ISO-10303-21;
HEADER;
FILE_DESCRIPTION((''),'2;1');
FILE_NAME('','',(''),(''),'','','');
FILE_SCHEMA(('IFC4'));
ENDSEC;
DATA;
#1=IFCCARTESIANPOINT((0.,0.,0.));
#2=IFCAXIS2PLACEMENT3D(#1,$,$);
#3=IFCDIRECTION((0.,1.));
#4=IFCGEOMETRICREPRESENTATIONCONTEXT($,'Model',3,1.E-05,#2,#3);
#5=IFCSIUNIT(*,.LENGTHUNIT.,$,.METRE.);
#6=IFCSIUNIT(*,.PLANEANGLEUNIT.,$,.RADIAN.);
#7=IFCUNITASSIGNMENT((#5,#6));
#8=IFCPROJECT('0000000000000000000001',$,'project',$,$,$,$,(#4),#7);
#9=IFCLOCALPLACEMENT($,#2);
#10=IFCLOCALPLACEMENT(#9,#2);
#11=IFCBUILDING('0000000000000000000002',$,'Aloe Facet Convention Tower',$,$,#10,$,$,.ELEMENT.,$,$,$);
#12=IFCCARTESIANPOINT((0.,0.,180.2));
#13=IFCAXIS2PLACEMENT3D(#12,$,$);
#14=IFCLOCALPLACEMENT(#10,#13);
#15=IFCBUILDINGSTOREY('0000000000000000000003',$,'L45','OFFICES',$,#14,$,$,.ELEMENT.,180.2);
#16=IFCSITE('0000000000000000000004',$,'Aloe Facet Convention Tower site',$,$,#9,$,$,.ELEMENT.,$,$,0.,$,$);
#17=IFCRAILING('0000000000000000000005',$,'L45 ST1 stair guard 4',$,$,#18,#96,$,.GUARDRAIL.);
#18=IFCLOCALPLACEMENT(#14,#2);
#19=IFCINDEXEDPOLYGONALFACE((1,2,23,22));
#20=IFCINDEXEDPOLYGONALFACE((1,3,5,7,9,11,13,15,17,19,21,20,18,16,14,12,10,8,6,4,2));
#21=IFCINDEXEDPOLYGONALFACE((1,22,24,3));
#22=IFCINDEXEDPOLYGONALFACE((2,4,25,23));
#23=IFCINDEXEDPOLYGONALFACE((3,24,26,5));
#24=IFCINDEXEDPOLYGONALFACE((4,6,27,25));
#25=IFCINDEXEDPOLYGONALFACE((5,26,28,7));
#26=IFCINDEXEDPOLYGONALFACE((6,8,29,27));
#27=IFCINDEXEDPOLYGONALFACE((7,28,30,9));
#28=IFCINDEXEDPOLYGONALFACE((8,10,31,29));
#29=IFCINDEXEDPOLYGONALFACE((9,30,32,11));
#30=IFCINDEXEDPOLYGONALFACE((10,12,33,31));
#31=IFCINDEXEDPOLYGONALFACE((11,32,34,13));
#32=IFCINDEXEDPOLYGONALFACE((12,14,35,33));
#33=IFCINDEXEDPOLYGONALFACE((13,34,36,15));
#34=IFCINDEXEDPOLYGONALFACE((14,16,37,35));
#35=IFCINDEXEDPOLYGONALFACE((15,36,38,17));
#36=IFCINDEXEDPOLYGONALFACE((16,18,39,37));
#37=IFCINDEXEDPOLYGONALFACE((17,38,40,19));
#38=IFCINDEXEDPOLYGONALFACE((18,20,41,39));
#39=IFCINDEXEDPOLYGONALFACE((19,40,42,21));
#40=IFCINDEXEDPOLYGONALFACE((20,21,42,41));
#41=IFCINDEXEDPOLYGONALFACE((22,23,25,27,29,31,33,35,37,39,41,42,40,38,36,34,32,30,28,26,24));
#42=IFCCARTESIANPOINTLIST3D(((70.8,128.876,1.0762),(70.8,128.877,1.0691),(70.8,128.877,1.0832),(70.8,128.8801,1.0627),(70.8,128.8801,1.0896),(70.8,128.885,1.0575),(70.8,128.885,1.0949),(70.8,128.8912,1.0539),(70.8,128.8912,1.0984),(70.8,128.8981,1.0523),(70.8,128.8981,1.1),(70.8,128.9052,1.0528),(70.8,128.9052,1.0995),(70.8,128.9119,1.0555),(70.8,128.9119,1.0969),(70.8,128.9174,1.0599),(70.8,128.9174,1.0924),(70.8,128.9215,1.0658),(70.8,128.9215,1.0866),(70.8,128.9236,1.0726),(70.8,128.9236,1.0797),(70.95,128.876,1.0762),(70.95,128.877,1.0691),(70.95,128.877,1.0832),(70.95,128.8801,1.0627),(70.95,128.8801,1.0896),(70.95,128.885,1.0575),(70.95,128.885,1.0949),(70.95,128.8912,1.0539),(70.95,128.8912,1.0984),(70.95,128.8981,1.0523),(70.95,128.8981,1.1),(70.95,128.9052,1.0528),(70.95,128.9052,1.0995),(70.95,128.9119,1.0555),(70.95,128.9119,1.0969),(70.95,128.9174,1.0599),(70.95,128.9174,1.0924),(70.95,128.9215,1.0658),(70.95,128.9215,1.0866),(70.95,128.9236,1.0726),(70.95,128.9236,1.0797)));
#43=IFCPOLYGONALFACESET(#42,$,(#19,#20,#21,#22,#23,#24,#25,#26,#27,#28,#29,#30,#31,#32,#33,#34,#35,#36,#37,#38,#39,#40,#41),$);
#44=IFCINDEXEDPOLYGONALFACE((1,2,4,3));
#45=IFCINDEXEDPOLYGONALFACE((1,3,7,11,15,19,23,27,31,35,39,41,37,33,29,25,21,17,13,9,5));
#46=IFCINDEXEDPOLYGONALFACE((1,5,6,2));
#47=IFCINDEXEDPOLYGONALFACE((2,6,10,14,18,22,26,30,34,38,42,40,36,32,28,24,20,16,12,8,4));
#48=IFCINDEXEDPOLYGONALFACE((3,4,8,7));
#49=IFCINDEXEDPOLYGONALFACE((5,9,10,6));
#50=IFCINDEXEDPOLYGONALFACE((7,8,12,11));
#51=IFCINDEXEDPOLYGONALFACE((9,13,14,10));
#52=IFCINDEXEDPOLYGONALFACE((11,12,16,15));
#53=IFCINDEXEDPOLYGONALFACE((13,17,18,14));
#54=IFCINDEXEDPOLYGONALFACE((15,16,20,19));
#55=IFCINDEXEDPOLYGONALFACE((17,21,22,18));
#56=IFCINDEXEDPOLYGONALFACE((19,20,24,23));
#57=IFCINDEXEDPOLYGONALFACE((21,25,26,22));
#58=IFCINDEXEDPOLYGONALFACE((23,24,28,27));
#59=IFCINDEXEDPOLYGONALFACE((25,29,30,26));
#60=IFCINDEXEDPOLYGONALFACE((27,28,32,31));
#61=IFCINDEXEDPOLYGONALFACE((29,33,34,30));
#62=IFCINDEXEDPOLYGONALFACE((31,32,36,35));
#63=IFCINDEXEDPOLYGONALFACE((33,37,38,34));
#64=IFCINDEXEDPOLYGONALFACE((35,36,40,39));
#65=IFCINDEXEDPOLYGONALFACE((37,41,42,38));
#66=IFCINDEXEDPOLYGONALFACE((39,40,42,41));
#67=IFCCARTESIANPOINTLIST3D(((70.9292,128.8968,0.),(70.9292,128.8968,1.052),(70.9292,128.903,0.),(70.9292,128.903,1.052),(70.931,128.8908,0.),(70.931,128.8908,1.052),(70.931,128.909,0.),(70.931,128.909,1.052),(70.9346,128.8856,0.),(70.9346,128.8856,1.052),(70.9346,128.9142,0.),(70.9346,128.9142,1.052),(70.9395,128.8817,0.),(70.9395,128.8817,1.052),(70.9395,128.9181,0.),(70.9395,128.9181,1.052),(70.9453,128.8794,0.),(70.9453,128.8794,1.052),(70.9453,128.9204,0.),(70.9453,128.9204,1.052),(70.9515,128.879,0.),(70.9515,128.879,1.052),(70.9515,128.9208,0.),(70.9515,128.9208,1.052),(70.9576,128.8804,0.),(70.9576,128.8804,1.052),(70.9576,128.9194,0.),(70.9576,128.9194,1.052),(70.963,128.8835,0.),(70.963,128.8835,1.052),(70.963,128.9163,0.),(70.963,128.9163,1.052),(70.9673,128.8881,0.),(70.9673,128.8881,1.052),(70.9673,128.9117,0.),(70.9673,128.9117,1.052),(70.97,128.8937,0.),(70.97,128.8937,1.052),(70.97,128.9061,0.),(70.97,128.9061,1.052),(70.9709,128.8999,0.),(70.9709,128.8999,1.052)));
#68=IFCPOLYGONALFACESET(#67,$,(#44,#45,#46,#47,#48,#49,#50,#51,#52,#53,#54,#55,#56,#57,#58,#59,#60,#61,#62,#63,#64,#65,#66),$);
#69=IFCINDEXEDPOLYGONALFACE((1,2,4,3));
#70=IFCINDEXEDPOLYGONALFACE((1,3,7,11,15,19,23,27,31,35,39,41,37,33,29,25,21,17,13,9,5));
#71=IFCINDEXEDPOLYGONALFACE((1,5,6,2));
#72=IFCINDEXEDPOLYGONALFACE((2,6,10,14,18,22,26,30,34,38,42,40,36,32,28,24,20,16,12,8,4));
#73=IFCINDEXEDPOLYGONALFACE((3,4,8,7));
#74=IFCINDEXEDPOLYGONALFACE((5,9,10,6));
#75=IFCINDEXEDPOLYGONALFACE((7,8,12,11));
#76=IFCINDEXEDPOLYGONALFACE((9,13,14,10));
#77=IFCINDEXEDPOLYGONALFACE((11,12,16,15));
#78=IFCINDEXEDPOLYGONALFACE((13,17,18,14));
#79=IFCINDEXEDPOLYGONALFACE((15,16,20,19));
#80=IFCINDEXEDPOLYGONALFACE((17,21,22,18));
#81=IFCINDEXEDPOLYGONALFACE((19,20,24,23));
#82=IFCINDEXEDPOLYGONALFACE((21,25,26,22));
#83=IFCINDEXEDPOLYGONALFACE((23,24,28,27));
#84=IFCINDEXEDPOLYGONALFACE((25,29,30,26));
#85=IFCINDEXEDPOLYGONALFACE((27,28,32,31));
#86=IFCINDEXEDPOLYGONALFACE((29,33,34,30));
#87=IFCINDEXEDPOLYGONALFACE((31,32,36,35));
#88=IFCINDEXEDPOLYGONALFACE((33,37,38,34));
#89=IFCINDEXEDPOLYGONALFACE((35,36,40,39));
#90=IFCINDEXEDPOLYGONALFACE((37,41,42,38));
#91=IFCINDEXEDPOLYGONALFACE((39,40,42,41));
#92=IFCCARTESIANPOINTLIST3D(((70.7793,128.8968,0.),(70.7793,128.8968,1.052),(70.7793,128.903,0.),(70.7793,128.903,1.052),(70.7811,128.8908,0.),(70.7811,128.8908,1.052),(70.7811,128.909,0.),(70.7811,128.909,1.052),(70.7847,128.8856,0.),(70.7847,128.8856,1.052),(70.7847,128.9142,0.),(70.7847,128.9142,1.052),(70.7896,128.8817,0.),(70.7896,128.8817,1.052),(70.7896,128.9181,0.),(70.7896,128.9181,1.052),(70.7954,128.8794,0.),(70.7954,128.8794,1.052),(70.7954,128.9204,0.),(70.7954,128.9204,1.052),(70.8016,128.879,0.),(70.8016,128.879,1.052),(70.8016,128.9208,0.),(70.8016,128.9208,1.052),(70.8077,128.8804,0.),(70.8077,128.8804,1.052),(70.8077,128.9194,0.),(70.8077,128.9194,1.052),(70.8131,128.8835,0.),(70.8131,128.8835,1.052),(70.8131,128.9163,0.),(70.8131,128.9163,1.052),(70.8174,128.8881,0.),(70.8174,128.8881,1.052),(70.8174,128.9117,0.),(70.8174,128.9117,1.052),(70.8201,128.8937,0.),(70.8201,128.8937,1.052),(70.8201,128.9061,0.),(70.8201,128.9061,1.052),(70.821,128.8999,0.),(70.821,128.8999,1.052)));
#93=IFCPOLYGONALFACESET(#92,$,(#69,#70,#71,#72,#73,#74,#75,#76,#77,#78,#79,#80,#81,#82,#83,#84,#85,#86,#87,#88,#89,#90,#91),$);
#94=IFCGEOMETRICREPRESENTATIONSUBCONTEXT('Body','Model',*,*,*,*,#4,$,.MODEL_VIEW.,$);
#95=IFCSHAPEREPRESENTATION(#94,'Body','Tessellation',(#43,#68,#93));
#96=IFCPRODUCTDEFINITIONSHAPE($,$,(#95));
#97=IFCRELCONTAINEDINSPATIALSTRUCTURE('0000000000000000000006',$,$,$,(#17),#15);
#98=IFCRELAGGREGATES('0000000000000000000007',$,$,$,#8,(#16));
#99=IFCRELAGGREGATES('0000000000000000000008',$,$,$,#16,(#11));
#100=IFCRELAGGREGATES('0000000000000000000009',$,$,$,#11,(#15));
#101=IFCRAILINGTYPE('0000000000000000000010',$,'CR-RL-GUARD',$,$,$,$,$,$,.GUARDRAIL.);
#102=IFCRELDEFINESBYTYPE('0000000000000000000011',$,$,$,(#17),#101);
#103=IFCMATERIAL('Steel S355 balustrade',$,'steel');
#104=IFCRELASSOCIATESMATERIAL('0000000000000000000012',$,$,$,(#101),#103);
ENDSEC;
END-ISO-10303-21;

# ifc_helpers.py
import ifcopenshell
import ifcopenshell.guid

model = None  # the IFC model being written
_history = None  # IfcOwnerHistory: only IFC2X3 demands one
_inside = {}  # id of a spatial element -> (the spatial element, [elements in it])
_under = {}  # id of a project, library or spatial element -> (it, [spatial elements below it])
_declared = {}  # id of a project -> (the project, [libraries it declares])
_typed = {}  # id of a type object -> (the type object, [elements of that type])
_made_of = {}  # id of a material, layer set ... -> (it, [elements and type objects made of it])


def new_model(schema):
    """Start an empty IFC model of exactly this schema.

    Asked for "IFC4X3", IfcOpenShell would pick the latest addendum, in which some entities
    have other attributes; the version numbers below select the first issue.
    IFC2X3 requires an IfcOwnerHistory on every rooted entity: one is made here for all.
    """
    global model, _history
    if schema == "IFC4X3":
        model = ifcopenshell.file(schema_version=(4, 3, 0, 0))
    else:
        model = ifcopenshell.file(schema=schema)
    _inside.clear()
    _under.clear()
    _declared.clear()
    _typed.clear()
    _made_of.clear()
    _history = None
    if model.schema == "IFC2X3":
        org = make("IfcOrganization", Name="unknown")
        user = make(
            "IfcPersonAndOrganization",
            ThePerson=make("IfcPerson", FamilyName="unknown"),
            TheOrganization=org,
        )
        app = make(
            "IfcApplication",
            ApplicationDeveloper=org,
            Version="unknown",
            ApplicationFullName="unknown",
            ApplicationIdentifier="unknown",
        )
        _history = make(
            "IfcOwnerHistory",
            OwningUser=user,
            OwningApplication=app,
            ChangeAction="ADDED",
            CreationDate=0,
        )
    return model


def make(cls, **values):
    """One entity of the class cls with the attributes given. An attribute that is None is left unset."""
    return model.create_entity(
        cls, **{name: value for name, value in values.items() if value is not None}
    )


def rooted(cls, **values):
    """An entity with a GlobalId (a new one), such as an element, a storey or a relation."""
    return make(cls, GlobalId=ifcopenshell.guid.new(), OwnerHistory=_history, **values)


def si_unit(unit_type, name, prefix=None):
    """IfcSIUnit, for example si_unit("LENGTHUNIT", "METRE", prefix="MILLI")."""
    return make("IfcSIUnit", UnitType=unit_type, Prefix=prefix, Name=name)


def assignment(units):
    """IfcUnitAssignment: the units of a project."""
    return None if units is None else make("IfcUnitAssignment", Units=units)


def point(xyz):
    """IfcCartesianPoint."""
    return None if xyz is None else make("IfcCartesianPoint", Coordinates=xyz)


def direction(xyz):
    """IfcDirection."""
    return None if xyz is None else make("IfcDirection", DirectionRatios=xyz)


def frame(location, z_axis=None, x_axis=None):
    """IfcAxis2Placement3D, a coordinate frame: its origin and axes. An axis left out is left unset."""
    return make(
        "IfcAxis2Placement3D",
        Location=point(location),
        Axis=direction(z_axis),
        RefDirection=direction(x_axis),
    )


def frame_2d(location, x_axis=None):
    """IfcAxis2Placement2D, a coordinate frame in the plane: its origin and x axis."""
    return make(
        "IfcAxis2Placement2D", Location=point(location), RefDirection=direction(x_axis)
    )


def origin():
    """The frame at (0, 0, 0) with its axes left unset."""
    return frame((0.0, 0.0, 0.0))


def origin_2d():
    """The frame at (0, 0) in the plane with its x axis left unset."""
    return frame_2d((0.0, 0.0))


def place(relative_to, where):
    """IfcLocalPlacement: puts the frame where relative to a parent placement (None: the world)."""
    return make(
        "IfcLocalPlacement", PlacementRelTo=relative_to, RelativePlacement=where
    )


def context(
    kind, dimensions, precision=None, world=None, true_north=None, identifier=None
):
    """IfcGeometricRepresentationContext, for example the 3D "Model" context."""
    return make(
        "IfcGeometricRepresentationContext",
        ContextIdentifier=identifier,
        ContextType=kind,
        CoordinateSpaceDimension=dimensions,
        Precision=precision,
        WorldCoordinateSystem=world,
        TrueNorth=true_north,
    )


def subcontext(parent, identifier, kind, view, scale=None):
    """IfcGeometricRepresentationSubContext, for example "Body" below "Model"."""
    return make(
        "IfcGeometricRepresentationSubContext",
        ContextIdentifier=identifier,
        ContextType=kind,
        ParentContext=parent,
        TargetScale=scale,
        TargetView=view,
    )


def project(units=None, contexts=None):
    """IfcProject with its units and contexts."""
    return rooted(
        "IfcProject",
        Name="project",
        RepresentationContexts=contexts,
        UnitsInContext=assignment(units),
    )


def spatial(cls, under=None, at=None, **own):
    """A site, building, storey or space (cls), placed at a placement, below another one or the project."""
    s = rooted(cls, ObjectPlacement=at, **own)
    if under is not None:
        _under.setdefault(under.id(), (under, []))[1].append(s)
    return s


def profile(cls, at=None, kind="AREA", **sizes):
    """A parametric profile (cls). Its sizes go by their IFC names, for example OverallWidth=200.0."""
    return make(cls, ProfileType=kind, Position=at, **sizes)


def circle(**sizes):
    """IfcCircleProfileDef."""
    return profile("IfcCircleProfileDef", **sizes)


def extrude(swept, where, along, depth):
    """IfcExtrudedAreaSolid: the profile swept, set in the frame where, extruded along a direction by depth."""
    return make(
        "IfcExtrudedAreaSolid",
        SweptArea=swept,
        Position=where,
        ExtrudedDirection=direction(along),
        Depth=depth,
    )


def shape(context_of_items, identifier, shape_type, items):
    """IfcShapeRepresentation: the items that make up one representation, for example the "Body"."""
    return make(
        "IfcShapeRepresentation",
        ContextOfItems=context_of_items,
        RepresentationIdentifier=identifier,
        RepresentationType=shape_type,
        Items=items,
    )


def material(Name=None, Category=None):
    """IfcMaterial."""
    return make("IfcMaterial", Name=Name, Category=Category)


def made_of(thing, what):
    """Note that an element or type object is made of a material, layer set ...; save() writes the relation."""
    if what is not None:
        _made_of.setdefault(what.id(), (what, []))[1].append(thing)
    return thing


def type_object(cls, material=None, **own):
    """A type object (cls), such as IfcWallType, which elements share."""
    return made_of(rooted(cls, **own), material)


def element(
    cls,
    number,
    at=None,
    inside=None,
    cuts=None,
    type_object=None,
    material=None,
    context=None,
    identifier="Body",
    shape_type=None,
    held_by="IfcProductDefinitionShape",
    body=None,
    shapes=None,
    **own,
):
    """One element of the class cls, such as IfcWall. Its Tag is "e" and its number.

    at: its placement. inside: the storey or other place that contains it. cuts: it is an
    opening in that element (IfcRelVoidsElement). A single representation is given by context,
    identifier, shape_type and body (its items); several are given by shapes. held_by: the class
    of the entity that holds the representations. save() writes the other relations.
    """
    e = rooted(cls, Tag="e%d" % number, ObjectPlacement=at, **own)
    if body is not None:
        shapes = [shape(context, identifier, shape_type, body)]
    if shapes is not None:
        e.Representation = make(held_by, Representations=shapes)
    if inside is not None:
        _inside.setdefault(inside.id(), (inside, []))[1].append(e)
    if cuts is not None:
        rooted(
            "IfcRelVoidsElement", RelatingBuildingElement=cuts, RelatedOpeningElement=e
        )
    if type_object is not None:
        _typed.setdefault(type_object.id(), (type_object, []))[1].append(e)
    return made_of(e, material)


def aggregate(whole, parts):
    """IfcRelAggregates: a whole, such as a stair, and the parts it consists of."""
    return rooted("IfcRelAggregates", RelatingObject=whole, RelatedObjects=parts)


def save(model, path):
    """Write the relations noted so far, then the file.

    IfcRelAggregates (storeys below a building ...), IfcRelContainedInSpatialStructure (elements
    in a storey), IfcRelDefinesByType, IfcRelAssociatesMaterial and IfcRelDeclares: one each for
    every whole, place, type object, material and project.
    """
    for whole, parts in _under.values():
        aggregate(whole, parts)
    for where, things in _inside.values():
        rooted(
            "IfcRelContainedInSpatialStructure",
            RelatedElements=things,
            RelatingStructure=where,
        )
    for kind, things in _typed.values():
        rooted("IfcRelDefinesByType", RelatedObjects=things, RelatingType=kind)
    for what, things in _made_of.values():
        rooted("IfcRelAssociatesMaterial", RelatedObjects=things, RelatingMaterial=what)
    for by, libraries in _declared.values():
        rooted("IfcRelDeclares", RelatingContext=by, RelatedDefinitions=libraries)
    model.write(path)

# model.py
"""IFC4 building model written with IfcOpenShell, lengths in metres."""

from ifc_helpers import new_model, si_unit, direction, frame, origin, origin_2d, place, context, subcontext, project, spatial, circle, extrude, material, type_object, element, save


model = new_model("IFC4")

# Units and contexts
model_context = context("Model", 3, precision=1e-05, world=origin(), true_north=direction((0.0, 1.0)))
body_context = subcontext(model_context, "Body", "Model", "MODEL_VIEW")
ifc_project = project(units=[si_unit("LENGTHUNIT", "METRE"), si_unit("PLANEANGLEUNIT", "RADIAN")], contexts=[model_context])

# Site, building, storey
site_placement = place(None, origin())
site = spatial("IfcSite", under=ifc_project, at=site_placement, Name="Aloe Facet Convention Tower site", CompositionType="ELEMENT", RefElevation=0.0)
building_placement = place(site_placement, origin())
building = spatial("IfcBuilding", under=site, at=building_placement, Name="Aloe Facet Convention Tower", CompositionType="ELEMENT")
storey_placement = place(building_placement, frame((0.0, 0.0, 180.2)))
storey = spatial("IfcBuildingStorey", under=building, at=storey_placement, Name="L45", Description="OFFICES", CompositionType="ELEMENT", Elevation=180.2)

# Railing
ifc_material_1 = material(Name="Steel S355 balustrade", Category="steel")
railing_type_1 = type_object("IfcRailingType", Name="CR-RL-GUARD", PredefinedType="GUARDRAIL", material=ifc_material_1)
railing_1_placement = place(storey_placement, frame((70.95, 128.8999, 0.0)))
element("IfcRailing", 1, at=railing_1_placement, inside=storey, type_object=railing_type_1, Name="L45 ST1 stair guard 4", PredefinedType="GUARDRAIL", context=body_context, shape_type="SweptSolid", body=[
    extrude(circle(Radius=0.0239, at=origin_2d()), frame((0.0, 0.0, 1.0762), z_axis=(-1.0, 0.0, 0.0), x_axis=(0.0, -1.0, 0.0)), (0.0, 0.0, 1.0), 0.1499),
    extrude(circle(Radius=0.021, at=origin_2d()), origin(), (0.0, 0.0, 1.0), 1.052),
    extrude(circle(Radius=0.021, at=origin_2d()), frame((-0.1499, 0.0, 0.0)), (0.0, 0.0, 1.0), 1.052),
])

save(model, "model.ifc")
